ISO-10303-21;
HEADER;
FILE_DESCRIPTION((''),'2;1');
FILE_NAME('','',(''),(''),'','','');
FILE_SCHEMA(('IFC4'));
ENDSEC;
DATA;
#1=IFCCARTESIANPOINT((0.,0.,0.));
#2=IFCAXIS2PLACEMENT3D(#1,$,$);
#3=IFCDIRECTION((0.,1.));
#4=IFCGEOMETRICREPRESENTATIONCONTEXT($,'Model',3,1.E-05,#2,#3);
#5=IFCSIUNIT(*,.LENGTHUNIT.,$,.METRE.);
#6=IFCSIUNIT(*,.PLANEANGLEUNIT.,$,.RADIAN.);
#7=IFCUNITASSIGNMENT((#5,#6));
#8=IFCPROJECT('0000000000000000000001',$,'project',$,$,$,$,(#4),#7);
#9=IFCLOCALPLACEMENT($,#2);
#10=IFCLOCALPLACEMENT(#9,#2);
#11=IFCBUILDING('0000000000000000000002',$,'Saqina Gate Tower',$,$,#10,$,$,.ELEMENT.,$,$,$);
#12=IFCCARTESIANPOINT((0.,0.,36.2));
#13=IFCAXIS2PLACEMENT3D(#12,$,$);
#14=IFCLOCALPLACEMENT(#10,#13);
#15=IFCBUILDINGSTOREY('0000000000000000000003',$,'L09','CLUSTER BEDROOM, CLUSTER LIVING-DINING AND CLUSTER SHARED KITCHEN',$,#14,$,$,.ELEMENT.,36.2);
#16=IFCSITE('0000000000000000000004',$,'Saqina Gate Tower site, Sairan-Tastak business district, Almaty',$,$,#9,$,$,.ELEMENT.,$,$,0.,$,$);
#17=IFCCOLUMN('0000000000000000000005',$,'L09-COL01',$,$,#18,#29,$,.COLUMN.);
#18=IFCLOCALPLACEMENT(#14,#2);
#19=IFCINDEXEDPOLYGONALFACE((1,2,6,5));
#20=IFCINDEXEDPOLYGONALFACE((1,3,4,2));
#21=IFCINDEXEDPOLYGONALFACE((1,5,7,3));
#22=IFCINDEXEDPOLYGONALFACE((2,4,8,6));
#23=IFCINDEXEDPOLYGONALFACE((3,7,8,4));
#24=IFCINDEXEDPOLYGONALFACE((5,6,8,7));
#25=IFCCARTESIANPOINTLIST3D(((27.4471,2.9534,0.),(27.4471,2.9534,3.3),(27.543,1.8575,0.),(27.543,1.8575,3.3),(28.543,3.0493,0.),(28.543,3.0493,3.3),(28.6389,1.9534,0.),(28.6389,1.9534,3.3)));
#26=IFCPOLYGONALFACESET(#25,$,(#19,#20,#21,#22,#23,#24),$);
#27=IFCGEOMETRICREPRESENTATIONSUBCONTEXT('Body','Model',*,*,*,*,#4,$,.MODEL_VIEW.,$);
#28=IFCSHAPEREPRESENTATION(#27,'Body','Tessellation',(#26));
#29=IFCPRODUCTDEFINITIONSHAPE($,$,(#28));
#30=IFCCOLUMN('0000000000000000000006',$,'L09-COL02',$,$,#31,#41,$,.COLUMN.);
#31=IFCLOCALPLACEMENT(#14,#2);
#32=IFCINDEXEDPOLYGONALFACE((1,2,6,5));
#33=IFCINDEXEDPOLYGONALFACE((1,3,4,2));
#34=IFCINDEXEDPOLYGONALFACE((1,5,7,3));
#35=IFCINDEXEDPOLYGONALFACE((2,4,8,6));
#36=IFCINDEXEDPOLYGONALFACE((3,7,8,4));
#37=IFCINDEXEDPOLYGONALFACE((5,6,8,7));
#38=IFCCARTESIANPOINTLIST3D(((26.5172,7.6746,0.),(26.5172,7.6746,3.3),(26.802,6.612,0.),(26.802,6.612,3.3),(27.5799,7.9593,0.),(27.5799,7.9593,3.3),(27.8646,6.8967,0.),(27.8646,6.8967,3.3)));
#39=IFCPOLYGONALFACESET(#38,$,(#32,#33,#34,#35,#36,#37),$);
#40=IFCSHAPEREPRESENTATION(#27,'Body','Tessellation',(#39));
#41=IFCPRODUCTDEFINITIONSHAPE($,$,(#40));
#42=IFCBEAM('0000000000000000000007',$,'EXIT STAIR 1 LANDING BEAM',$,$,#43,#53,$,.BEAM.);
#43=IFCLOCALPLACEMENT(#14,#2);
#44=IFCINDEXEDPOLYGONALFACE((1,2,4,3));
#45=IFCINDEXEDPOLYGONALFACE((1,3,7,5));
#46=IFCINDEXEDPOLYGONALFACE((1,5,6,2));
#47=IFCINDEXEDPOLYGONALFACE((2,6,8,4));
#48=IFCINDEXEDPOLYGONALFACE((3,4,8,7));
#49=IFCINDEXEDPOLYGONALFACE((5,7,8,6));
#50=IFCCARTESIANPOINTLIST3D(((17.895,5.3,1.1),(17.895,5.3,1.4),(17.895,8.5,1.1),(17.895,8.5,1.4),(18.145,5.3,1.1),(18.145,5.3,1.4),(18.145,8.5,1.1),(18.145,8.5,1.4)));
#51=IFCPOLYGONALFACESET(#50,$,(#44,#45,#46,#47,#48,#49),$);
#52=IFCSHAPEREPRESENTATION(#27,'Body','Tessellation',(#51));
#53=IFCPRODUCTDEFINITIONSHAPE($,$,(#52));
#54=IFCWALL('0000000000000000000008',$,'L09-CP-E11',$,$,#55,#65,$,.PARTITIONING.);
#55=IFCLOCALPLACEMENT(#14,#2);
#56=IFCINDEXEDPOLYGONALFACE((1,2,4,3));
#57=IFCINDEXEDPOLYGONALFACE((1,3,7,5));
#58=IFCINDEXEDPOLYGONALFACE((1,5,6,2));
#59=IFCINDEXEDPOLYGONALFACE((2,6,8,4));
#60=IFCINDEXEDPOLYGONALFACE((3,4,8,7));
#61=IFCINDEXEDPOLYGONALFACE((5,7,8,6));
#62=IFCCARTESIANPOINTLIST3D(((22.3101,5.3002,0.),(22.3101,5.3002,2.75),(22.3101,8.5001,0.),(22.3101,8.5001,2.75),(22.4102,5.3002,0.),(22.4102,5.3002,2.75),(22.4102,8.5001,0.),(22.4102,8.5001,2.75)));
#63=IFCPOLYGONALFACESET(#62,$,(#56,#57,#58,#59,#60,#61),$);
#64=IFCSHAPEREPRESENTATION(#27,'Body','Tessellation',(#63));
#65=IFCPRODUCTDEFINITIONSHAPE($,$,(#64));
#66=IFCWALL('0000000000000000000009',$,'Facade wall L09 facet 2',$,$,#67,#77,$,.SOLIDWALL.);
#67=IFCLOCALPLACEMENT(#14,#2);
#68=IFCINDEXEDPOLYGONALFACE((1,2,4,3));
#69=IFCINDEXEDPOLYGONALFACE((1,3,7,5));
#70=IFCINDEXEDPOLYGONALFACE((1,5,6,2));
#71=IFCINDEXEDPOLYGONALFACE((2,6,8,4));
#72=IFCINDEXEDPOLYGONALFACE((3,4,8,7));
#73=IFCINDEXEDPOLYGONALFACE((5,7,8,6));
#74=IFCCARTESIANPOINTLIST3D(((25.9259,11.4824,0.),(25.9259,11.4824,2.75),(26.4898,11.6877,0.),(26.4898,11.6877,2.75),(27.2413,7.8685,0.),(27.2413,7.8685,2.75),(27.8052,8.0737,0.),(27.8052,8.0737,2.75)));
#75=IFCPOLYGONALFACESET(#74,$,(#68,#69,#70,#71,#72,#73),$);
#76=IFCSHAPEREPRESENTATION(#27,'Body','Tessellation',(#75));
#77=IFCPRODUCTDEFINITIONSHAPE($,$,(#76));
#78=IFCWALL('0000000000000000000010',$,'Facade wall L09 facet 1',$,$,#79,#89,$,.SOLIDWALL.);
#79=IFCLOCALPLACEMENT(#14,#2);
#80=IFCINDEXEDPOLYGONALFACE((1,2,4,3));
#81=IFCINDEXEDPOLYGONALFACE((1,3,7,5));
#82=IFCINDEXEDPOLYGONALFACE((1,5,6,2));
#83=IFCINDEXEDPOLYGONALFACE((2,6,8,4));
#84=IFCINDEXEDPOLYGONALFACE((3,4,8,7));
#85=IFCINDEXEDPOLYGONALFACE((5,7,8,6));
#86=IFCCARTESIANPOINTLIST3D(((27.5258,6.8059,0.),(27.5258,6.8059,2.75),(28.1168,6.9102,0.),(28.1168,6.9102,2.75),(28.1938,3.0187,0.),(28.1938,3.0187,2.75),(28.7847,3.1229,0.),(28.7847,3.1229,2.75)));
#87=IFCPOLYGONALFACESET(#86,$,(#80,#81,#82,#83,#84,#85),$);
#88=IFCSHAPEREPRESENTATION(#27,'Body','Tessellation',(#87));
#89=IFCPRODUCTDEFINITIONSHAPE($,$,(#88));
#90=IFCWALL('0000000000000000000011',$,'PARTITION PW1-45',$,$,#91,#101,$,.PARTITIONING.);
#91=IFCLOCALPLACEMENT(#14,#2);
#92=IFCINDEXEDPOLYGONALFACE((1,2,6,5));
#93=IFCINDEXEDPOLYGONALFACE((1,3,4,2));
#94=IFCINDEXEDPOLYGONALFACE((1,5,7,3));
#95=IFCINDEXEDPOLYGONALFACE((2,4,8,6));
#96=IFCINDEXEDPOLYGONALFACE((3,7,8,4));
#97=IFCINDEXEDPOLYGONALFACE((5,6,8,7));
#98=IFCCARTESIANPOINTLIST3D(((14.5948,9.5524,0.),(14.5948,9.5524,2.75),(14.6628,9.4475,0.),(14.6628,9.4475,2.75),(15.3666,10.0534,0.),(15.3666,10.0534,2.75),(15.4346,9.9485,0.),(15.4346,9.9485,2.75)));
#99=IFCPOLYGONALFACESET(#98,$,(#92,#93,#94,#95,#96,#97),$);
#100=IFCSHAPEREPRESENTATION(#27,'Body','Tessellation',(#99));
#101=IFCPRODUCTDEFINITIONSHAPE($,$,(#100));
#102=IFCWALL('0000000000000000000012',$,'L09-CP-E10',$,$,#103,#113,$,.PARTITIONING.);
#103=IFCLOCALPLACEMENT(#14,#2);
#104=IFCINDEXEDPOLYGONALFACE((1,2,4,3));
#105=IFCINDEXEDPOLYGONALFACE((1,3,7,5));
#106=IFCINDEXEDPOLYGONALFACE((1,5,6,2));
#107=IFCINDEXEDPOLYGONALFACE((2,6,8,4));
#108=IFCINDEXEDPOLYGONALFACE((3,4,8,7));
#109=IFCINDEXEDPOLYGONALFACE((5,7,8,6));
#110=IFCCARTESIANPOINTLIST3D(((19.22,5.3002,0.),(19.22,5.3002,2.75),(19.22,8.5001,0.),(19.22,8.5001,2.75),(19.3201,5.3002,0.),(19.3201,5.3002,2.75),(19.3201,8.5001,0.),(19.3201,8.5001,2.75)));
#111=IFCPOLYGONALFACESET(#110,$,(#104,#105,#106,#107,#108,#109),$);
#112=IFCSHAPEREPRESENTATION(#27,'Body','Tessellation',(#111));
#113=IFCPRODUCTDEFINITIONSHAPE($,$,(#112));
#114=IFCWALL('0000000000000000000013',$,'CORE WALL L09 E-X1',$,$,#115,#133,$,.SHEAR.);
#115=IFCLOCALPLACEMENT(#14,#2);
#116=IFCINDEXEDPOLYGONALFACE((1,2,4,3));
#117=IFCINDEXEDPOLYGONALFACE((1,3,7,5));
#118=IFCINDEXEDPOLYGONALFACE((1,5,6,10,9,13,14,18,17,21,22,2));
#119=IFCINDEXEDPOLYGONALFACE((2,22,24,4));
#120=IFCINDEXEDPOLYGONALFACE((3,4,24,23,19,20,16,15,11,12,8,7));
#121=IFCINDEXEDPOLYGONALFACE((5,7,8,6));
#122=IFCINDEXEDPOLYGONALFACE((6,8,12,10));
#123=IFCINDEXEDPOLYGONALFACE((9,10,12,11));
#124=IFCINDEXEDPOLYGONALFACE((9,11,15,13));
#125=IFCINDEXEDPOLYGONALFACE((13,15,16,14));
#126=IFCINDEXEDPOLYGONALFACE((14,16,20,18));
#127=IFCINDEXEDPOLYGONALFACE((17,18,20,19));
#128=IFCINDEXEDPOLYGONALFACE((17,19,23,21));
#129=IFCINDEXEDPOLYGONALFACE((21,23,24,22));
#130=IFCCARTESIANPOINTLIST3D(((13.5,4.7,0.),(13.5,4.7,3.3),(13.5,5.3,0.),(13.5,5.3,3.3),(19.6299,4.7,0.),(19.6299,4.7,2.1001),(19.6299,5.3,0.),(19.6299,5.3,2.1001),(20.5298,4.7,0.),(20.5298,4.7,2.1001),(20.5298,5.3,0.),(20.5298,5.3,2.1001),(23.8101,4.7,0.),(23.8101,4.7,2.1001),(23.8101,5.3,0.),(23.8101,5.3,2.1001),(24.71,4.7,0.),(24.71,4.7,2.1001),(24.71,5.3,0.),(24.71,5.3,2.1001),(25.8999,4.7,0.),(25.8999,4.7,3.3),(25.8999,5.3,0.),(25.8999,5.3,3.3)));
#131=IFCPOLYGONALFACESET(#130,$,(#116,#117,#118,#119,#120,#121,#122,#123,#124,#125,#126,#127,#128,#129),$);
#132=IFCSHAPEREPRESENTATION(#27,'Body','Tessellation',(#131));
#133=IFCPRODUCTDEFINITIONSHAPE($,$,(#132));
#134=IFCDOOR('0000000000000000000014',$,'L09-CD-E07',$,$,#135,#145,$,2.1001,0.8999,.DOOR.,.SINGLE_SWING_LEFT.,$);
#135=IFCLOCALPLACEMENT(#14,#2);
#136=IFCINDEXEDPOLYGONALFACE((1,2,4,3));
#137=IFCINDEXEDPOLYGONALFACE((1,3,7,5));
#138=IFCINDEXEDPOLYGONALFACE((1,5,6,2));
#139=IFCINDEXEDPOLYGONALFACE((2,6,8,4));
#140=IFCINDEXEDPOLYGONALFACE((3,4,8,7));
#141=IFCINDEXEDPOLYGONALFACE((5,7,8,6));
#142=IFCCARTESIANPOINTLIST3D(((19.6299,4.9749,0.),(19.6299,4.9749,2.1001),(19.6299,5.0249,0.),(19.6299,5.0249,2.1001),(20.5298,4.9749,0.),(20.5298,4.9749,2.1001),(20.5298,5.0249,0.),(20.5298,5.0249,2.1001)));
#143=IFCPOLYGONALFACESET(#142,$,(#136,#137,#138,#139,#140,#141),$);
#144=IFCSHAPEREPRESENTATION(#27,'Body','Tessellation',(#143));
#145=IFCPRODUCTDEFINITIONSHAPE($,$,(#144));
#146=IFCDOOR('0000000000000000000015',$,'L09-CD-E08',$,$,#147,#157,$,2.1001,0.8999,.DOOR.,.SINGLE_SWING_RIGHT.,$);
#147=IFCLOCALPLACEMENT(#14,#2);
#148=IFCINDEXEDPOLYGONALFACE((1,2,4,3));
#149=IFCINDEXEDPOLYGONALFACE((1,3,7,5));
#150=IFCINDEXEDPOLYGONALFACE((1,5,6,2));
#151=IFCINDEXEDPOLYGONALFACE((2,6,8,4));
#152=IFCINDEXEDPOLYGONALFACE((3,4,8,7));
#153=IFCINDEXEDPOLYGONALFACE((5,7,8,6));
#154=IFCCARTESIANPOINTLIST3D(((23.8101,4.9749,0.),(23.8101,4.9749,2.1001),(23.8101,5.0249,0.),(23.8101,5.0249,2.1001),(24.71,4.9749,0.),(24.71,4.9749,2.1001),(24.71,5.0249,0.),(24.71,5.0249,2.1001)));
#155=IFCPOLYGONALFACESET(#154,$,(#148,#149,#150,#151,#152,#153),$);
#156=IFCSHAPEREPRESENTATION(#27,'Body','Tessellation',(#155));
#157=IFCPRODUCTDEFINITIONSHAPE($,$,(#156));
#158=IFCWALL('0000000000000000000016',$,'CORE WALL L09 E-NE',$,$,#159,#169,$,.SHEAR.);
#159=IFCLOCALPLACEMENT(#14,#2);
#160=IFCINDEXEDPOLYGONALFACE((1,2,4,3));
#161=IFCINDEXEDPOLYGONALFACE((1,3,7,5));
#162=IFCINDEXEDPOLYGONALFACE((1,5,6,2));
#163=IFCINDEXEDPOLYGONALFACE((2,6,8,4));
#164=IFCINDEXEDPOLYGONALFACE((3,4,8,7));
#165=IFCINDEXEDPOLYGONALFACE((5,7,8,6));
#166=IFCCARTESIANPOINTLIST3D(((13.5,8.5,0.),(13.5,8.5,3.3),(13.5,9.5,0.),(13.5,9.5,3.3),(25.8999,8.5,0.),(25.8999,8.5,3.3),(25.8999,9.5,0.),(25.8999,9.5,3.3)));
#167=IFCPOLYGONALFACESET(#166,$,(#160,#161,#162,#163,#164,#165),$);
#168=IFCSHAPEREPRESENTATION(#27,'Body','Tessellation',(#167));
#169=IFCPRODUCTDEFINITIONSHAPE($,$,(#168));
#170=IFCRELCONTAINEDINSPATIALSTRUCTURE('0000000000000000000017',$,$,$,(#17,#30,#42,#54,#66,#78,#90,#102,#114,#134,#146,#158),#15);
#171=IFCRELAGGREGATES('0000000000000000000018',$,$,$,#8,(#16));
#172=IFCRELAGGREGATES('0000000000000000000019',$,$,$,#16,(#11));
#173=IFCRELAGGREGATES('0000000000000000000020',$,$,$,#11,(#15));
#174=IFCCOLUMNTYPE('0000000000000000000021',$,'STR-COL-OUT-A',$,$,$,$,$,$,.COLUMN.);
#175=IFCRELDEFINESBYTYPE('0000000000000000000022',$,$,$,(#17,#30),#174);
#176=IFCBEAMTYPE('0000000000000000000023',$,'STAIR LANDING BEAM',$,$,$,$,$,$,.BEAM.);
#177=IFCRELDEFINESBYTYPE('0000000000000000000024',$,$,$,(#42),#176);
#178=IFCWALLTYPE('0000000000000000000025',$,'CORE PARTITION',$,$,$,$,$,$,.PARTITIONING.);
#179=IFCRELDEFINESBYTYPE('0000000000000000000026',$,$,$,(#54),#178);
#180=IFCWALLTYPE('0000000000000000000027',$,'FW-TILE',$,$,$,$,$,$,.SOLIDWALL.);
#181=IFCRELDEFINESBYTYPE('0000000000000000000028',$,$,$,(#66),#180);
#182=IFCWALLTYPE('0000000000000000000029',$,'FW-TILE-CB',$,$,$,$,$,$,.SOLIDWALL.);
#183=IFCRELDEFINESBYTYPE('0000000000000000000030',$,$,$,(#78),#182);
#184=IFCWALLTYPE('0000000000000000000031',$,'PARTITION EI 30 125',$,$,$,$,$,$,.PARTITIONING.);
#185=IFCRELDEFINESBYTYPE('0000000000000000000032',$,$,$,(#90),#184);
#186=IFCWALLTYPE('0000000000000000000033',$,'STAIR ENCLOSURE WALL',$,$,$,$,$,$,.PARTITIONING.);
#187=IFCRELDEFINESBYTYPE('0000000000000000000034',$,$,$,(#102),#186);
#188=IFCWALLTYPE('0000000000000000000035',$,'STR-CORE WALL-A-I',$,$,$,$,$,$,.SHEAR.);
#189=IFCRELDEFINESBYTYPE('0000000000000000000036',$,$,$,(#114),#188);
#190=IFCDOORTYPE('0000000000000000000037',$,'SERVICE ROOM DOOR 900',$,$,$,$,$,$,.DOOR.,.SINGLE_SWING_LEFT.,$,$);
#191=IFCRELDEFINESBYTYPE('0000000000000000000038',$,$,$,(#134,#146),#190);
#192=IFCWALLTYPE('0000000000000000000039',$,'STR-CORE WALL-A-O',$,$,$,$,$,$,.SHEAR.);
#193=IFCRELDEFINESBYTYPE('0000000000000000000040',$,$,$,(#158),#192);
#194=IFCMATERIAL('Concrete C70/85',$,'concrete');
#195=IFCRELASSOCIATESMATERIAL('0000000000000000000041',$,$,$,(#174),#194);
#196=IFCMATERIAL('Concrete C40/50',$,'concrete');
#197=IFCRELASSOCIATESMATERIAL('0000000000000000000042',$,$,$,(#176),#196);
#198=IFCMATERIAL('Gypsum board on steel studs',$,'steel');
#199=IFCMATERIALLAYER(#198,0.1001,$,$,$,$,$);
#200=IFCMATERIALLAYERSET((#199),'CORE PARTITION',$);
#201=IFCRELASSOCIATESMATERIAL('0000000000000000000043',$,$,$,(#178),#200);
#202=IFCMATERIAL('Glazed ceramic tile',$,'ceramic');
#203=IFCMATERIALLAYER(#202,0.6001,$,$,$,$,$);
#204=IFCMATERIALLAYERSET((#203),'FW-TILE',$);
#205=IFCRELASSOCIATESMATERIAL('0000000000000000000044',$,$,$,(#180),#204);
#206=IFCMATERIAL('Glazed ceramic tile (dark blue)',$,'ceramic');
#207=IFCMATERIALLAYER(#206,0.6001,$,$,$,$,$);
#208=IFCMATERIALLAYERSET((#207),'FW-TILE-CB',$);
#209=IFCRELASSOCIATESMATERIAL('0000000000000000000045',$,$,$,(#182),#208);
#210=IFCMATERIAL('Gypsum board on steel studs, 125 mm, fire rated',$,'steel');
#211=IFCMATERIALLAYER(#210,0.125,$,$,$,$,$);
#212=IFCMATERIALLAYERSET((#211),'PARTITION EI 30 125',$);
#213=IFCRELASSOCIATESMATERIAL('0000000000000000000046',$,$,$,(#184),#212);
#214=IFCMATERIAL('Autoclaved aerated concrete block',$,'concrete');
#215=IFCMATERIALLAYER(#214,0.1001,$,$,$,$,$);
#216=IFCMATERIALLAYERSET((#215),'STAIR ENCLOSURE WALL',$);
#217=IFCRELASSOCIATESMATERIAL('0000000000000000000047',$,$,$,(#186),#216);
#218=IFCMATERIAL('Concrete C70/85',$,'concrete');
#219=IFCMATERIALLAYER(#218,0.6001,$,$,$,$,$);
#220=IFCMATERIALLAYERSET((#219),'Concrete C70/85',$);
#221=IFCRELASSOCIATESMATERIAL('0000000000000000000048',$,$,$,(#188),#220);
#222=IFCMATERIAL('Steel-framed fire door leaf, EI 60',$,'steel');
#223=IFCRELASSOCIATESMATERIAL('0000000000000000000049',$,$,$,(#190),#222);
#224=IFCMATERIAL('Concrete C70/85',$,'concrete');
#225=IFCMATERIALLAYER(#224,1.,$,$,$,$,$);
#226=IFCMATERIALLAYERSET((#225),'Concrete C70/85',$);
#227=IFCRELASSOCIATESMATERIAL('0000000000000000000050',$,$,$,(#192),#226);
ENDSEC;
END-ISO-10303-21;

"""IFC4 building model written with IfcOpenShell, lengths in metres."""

from ifc_helpers import new_model, si_unit, direction, frame, frame_2d, origin, origin_2d, place, context, subcontext, project, spatial, rectangle, extrude, material, layer, layer_set, material_profile, profile_set, type_object, element, fill, save


model = new_model("IFC4")

# Units and contexts
model_context = context("Model", 3, precision=1e-05, world=origin(), true_north=direction((0.0, 1.0)))
body_context = subcontext(model_context, "Body", "Model", "MODEL_VIEW")
ifc_project = project(units=[si_unit("LENGTHUNIT", "METRE"), si_unit("PLANEANGLEUNIT", "RADIAN")], contexts=[model_context])

# Site, building, storey
site_placement = place(None, origin())
site = spatial("IfcSite", under=ifc_project, at=site_placement, Name="Saqina Gate Tower site, Sairan-Tastak business district, Almaty", CompositionType="ELEMENT", RefElevation=0.0)
building_placement = place(site_placement, origin())
building = spatial("IfcBuilding", under=site, at=building_placement, Name="Saqina Gate Tower", CompositionType="ELEMENT")
storey_placement = place(building_placement, frame((0.0, 0.0, 36.2)))
storey = spatial("IfcBuildingStorey", under=building, at=storey_placement, Name="L09", Description="CLUSTER BEDROOM, CLUSTER LIVING-DINING AND CLUSTER SHARED KITCHEN", CompositionType="ELEMENT", Elevation=36.2)

# Columns
ifc_material_1 = material(Name="Concrete C70/85", Category="concrete")
ifc_material_profile_1 = material_profile(ifc_material_1, rectangle(XDim=1.1001, YDim=1.1001, at=origin_2d()), Name="RC 1100x1100")
ifc_profile_set_1 = profile_set([ifc_material_profile_1], Name="Concrete C70/85")
column_type = type_object("IfcColumnType", Name="STR-COL-OUT-A", PredefinedType="COLUMN", material=ifc_profile_set_1)
for number, where, z_axis, x_axis, name in (
    (1, (28.043, 2.4534, 0.0), (0.0, 0.0, 1.0), (0.996195, 0.087156, 0.0), "L09-COL01"),
    (2, (27.1909, 7.2856, 0.0), (0.0, 0.0, 1.0), (0.965926, 0.258819, 0.0), "L09-COL02"),
):
    element("IfcColumn", number, at=place(storey_placement, frame(where, z_axis=z_axis, x_axis=x_axis)), inside=storey, type_object=column_type, Name=name, PredefinedType="COLUMN", context=body_context, shape_type="SweptSolid", body=[
        extrude(rectangle(XDim=1.1001, YDim=1.1001, at=origin_2d()), origin(), (0.0, 0.0, 1.0), 3.3),
    ])

# Beam
ifc_material_2 = material(Name="Concrete C40/50", Category="concrete")
ifc_material_profile_2 = material_profile(ifc_material_2, rectangle(XDim=0.25, YDim=0.3, at=origin_2d()), Name="STAIR LANDING BEAM")
ifc_profile_set_2 = profile_set([ifc_material_profile_2], Name="Concrete C40/50")
beam_type = type_object("IfcBeamType", Name="STAIR LANDING BEAM", PredefinedType="BEAM", material=ifc_profile_set_2)
beam_placement = place(storey_placement, frame((18.02, 5.3, 1.25), z_axis=(0.0, 1.0, 0.0), x_axis=(-1.0, 0.0, 0.0)))
element("IfcBeam", 3, at=beam_placement, inside=storey, type_object=beam_type, Name="EXIT STAIR 1 LANDING BEAM", PredefinedType="BEAM", context=body_context, shape_type="SweptSolid", body=[
    extrude(rectangle(XDim=0.25, YDim=0.3, at=origin_2d()), origin(), (0.0, 0.0, 1.0), 3.2),
])

# Walls
ifc_material_3 = material(Name="Gypsum board on steel studs", Category="steel")
ifc_layer_1 = layer(ifc_material_3, 0.1001)
ifc_layer_set_1 = layer_set([ifc_layer_1], Name="CORE PARTITION")
wall_type_1 = type_object("IfcWallType", Name="CORE PARTITION", PredefinedType="PARTITIONING", material=ifc_layer_set_1)
wall_1_placement = place(storey_placement, frame((22.3601, 5.3, 0.0), z_axis=(0.0, 0.0, 1.0), x_axis=(0.0, 1.0, 0.0)))
element("IfcWall", 4, at=wall_1_placement, inside=storey, type_object=wall_type_1, Name="L09-CP-E11", PredefinedType="PARTITIONING", context=body_context, shape_type="SweptSolid", body=[
    extrude(rectangle(XDim=3.2, YDim=0.1001, at=frame_2d((1.6001, 0.0))), origin(), (0.0, 0.0, 1.0), 2.75),
])
ifc_material_4 = material(Name="Glazed ceramic tile", Category="ceramic")
ifc_layer_2 = layer(ifc_material_4, 0.6001)
ifc_layer_set_2 = layer_set([ifc_layer_2], Name="FW-TILE")
wall_type_2 = type_object("IfcWallType", Name="FW-TILE", PredefinedType="SOLIDWALL", material=ifc_layer_set_2)
wall_2_placement = place(storey_placement, frame((27.5232, 7.9712, 0.0), z_axis=(0.0, 0.0, 1.0), x_axis=(-0.342028, 0.93969, 0.0)))
element("IfcWall", 5, at=wall_2_placement, inside=storey, type_object=wall_type_2, Name="Facade wall L09 facet 2", PredefinedType="SOLIDWALL", context=body_context, shape_type="SweptSolid", body=[
    extrude(rectangle(XDim=3.8459, YDim=0.6001, at=frame_2d((1.9229, 0.0))), origin(), (0.0, 0.0, 1.0), 2.75),
])
ifc_material_5 = material(Name="Glazed ceramic tile (dark blue)", Category="ceramic")
ifc_layer_3 = layer(ifc_material_5, 0.6001)
ifc_layer_set_3 = layer_set([ifc_layer_3], Name="FW-TILE-CB")
wall_type_3 = type_object("IfcWallType", Name="FW-TILE-CB", PredefinedType="SOLIDWALL", material=ifc_layer_set_3)
wall_3_placement = place(storey_placement, frame((28.4893, 3.0708, 0.0), z_axis=(0.0, 0.0, 1.0), x_axis=(-0.173688, 0.984801, 0.0)))
element("IfcWall", 6, at=wall_3_placement, inside=storey, type_object=wall_type_3, Name="Facade wall L09 facet 1", PredefinedType="SOLIDWALL", context=body_context, shape_type="SweptSolid", body=[
    extrude(rectangle(XDim=3.8457, YDim=0.6001, at=frame_2d((1.9229, 0.0))), origin(), (0.0, 0.0, 1.0), 2.75),
])
ifc_material_6 = material(Name="Gypsum board on steel studs, 125 mm, fire rated", Category="steel")
ifc_layer_4 = layer(ifc_material_6, 0.125)
ifc_layer_set_4 = layer_set([ifc_layer_4], Name="PARTITION EI 30 125")
wall_type_4 = type_object("IfcWallType", Name="PARTITION EI 30 125", PredefinedType="PARTITIONING", material=ifc_layer_set_4)
wall_4_placement = place(storey_placement, frame((14.6289, 9.5, 0.0), z_axis=(0.0, 0.0, 1.0), x_axis=(0.838765, 0.544494, 0.0)))
element("IfcWall", 7, at=wall_4_placement, inside=storey, type_object=wall_type_4, Name="PARTITION PW1-45", PredefinedType="PARTITIONING", context=body_context, shape_type="SweptSolid", body=[
    extrude(rectangle(XDim=0.9202, YDim=0.125, at=frame_2d((0.46, 0.0))), origin(), (0.0, 0.0, 1.0), 2.75),
])
ifc_material_7 = material(Name="Autoclaved aerated concrete block", Category="concrete")
ifc_layer_5 = layer(ifc_material_7, 0.1001)
ifc_layer_set_5 = layer_set([ifc_layer_5], Name="STAIR ENCLOSURE WALL")
wall_type_5 = type_object("IfcWallType", Name="STAIR ENCLOSURE WALL", PredefinedType="PARTITIONING", material=ifc_layer_set_5)
wall_5_placement = place(storey_placement, frame((19.27, 5.3, 0.0), z_axis=(0.0, 0.0, 1.0), x_axis=(0.0, 1.0, 0.0)))
element("IfcWall", 8, at=wall_5_placement, inside=storey, type_object=wall_type_5, Name="L09-CP-E10", PredefinedType="PARTITIONING", context=body_context, shape_type="SweptSolid", body=[
    extrude(rectangle(XDim=3.2, YDim=0.1001, at=frame_2d((1.6001, 0.0))), origin(), (0.0, 0.0, 1.0), 2.75),
])

# Wall, openings, doors
ifc_material_8 = material(Name="Concrete C70/85", Category="concrete")
ifc_layer_6 = layer(ifc_material_8, 0.6001)
ifc_layer_set_6 = layer_set([ifc_layer_6], Name="Concrete C70/85")
wall_type_6 = type_object("IfcWallType", Name="STR-CORE WALL-A-I", PredefinedType="SHEAR", material=ifc_layer_set_6)
wall_6_placement = place(storey_placement, frame((13.5, 5.0, 0.0), z_axis=(0.0, 0.0, 1.0), x_axis=(1.0, 0.0, 0.0)))
wall_6 = element("IfcWall", 9, at=wall_6_placement, inside=storey, type_object=wall_type_6, Name="CORE WALL L09 E-X1", PredefinedType="SHEAR", context=body_context, shape_type="SweptSolid", body=[
    extrude(rectangle(XDim=12.3999, YDim=0.6001, at=frame_2d((6.2, 0.0))), origin(), (0.0, 0.0, 1.0), 3.3),
])
opening_1_placement = place(wall_6_placement, frame((6.1299, 0.0, 0.0)))
opening_1 = element("IfcOpeningElement", 10, at=opening_1_placement, cuts=wall_6, PredefinedType="OPENING", context=body_context, shape_type="SweptSolid", body=[
    extrude(rectangle(XDim=0.8999, YDim=2.1001, at=frame_2d((0.45, 1.05))), frame((0.0, 0.312, 0.0), z_axis=(0.0, -1.0, 0.0), x_axis=(1.0, 0.0, 0.0)), (0.0, 0.0, 1.0), 0.624),
])
opening_2_placement = place(wall_6_placement, frame((10.3101, 0.0, 0.0)))
opening_2 = element("IfcOpeningElement", 11, at=opening_2_placement, cuts=wall_6, PredefinedType="OPENING", context=body_context, shape_type="SweptSolid", body=[
    extrude(rectangle(XDim=0.8999, YDim=2.1001, at=frame_2d((0.45, 1.05))), frame((0.0, 0.312, 0.0), z_axis=(0.0, -1.0, 0.0), x_axis=(1.0, 0.0, 0.0)), (0.0, 0.0, 1.0), 0.624),
])
ifc_material_9 = material(Name="Steel-framed fire door leaf, EI 60", Category="steel")
door_type = type_object("IfcDoorType", Name="SERVICE ROOM DOOR 900", OperationType="SINGLE_SWING_LEFT", PredefinedType="DOOR", material=ifc_material_9)
door_1_placement = place(opening_1_placement, origin())
door_1 = element("IfcDoor", 12, at=door_1_placement, inside=storey, type_object=door_type, Name="L09-CD-E07", OperationType="SINGLE_SWING_LEFT", OverallHeight=2.1001, OverallWidth=0.8999, PredefinedType="DOOR", context=body_context, shape_type="SweptSolid", body=[
    extrude(rectangle(XDim=0.8999, YDim=2.1001, at=frame_2d((0.45, 1.05))), frame((0.0, 0.0249, 0.0), z_axis=(0.0, -1.0, 0.0), x_axis=(1.0, 0.0, 0.0)), (0.0, 0.0, 1.0), 0.05),
])
fill(opening_1, door_1)
door_2_placement = place(opening_2_placement, origin())
door_2 = element("IfcDoor", 13, at=door_2_placement, inside=storey, type_object=door_type, Name="L09-CD-E08", OperationType="SINGLE_SWING_RIGHT", OverallHeight=2.1001, OverallWidth=0.8999, PredefinedType="DOOR", context=body_context, shape_type="SweptSolid", body=[
    extrude(rectangle(XDim=0.8999, YDim=2.1001, at=frame_2d((0.45, 1.05))), frame((0.0, 0.0249, 0.0), z_axis=(0.0, -1.0, 0.0), x_axis=(1.0, 0.0, 0.0)), (0.0, 0.0, 1.0), 0.05),
])
fill(opening_2, door_2)

# Wall
ifc_material_10 = material(Name="Concrete C70/85", Category="concrete")
ifc_layer_7 = layer(ifc_material_10, 1.0)
ifc_layer_set_7 = layer_set([ifc_layer_7], Name="Concrete C70/85")
wall_type_7 = type_object("IfcWallType", Name="STR-CORE WALL-A-O", PredefinedType="SHEAR", material=ifc_layer_set_7)
wall_7_placement = place(storey_placement, frame((13.5, 9.0, 0.0), z_axis=(0.0, 0.0, 1.0), x_axis=(1.0, 0.0, 0.0)))
element("IfcWall", 14, at=wall_7_placement, inside=storey, type_object=wall_type_7, Name="CORE WALL L09 E-NE", PredefinedType="SHEAR", context=body_context, shape_type="SweptSolid", body=[
    extrude(rectangle(XDim=12.3999, YDim=1.0, at=frame_2d((6.2, 0.0))), origin(), (0.0, 0.0, 1.0), 3.3),
])

save(model, "model.ifc")
